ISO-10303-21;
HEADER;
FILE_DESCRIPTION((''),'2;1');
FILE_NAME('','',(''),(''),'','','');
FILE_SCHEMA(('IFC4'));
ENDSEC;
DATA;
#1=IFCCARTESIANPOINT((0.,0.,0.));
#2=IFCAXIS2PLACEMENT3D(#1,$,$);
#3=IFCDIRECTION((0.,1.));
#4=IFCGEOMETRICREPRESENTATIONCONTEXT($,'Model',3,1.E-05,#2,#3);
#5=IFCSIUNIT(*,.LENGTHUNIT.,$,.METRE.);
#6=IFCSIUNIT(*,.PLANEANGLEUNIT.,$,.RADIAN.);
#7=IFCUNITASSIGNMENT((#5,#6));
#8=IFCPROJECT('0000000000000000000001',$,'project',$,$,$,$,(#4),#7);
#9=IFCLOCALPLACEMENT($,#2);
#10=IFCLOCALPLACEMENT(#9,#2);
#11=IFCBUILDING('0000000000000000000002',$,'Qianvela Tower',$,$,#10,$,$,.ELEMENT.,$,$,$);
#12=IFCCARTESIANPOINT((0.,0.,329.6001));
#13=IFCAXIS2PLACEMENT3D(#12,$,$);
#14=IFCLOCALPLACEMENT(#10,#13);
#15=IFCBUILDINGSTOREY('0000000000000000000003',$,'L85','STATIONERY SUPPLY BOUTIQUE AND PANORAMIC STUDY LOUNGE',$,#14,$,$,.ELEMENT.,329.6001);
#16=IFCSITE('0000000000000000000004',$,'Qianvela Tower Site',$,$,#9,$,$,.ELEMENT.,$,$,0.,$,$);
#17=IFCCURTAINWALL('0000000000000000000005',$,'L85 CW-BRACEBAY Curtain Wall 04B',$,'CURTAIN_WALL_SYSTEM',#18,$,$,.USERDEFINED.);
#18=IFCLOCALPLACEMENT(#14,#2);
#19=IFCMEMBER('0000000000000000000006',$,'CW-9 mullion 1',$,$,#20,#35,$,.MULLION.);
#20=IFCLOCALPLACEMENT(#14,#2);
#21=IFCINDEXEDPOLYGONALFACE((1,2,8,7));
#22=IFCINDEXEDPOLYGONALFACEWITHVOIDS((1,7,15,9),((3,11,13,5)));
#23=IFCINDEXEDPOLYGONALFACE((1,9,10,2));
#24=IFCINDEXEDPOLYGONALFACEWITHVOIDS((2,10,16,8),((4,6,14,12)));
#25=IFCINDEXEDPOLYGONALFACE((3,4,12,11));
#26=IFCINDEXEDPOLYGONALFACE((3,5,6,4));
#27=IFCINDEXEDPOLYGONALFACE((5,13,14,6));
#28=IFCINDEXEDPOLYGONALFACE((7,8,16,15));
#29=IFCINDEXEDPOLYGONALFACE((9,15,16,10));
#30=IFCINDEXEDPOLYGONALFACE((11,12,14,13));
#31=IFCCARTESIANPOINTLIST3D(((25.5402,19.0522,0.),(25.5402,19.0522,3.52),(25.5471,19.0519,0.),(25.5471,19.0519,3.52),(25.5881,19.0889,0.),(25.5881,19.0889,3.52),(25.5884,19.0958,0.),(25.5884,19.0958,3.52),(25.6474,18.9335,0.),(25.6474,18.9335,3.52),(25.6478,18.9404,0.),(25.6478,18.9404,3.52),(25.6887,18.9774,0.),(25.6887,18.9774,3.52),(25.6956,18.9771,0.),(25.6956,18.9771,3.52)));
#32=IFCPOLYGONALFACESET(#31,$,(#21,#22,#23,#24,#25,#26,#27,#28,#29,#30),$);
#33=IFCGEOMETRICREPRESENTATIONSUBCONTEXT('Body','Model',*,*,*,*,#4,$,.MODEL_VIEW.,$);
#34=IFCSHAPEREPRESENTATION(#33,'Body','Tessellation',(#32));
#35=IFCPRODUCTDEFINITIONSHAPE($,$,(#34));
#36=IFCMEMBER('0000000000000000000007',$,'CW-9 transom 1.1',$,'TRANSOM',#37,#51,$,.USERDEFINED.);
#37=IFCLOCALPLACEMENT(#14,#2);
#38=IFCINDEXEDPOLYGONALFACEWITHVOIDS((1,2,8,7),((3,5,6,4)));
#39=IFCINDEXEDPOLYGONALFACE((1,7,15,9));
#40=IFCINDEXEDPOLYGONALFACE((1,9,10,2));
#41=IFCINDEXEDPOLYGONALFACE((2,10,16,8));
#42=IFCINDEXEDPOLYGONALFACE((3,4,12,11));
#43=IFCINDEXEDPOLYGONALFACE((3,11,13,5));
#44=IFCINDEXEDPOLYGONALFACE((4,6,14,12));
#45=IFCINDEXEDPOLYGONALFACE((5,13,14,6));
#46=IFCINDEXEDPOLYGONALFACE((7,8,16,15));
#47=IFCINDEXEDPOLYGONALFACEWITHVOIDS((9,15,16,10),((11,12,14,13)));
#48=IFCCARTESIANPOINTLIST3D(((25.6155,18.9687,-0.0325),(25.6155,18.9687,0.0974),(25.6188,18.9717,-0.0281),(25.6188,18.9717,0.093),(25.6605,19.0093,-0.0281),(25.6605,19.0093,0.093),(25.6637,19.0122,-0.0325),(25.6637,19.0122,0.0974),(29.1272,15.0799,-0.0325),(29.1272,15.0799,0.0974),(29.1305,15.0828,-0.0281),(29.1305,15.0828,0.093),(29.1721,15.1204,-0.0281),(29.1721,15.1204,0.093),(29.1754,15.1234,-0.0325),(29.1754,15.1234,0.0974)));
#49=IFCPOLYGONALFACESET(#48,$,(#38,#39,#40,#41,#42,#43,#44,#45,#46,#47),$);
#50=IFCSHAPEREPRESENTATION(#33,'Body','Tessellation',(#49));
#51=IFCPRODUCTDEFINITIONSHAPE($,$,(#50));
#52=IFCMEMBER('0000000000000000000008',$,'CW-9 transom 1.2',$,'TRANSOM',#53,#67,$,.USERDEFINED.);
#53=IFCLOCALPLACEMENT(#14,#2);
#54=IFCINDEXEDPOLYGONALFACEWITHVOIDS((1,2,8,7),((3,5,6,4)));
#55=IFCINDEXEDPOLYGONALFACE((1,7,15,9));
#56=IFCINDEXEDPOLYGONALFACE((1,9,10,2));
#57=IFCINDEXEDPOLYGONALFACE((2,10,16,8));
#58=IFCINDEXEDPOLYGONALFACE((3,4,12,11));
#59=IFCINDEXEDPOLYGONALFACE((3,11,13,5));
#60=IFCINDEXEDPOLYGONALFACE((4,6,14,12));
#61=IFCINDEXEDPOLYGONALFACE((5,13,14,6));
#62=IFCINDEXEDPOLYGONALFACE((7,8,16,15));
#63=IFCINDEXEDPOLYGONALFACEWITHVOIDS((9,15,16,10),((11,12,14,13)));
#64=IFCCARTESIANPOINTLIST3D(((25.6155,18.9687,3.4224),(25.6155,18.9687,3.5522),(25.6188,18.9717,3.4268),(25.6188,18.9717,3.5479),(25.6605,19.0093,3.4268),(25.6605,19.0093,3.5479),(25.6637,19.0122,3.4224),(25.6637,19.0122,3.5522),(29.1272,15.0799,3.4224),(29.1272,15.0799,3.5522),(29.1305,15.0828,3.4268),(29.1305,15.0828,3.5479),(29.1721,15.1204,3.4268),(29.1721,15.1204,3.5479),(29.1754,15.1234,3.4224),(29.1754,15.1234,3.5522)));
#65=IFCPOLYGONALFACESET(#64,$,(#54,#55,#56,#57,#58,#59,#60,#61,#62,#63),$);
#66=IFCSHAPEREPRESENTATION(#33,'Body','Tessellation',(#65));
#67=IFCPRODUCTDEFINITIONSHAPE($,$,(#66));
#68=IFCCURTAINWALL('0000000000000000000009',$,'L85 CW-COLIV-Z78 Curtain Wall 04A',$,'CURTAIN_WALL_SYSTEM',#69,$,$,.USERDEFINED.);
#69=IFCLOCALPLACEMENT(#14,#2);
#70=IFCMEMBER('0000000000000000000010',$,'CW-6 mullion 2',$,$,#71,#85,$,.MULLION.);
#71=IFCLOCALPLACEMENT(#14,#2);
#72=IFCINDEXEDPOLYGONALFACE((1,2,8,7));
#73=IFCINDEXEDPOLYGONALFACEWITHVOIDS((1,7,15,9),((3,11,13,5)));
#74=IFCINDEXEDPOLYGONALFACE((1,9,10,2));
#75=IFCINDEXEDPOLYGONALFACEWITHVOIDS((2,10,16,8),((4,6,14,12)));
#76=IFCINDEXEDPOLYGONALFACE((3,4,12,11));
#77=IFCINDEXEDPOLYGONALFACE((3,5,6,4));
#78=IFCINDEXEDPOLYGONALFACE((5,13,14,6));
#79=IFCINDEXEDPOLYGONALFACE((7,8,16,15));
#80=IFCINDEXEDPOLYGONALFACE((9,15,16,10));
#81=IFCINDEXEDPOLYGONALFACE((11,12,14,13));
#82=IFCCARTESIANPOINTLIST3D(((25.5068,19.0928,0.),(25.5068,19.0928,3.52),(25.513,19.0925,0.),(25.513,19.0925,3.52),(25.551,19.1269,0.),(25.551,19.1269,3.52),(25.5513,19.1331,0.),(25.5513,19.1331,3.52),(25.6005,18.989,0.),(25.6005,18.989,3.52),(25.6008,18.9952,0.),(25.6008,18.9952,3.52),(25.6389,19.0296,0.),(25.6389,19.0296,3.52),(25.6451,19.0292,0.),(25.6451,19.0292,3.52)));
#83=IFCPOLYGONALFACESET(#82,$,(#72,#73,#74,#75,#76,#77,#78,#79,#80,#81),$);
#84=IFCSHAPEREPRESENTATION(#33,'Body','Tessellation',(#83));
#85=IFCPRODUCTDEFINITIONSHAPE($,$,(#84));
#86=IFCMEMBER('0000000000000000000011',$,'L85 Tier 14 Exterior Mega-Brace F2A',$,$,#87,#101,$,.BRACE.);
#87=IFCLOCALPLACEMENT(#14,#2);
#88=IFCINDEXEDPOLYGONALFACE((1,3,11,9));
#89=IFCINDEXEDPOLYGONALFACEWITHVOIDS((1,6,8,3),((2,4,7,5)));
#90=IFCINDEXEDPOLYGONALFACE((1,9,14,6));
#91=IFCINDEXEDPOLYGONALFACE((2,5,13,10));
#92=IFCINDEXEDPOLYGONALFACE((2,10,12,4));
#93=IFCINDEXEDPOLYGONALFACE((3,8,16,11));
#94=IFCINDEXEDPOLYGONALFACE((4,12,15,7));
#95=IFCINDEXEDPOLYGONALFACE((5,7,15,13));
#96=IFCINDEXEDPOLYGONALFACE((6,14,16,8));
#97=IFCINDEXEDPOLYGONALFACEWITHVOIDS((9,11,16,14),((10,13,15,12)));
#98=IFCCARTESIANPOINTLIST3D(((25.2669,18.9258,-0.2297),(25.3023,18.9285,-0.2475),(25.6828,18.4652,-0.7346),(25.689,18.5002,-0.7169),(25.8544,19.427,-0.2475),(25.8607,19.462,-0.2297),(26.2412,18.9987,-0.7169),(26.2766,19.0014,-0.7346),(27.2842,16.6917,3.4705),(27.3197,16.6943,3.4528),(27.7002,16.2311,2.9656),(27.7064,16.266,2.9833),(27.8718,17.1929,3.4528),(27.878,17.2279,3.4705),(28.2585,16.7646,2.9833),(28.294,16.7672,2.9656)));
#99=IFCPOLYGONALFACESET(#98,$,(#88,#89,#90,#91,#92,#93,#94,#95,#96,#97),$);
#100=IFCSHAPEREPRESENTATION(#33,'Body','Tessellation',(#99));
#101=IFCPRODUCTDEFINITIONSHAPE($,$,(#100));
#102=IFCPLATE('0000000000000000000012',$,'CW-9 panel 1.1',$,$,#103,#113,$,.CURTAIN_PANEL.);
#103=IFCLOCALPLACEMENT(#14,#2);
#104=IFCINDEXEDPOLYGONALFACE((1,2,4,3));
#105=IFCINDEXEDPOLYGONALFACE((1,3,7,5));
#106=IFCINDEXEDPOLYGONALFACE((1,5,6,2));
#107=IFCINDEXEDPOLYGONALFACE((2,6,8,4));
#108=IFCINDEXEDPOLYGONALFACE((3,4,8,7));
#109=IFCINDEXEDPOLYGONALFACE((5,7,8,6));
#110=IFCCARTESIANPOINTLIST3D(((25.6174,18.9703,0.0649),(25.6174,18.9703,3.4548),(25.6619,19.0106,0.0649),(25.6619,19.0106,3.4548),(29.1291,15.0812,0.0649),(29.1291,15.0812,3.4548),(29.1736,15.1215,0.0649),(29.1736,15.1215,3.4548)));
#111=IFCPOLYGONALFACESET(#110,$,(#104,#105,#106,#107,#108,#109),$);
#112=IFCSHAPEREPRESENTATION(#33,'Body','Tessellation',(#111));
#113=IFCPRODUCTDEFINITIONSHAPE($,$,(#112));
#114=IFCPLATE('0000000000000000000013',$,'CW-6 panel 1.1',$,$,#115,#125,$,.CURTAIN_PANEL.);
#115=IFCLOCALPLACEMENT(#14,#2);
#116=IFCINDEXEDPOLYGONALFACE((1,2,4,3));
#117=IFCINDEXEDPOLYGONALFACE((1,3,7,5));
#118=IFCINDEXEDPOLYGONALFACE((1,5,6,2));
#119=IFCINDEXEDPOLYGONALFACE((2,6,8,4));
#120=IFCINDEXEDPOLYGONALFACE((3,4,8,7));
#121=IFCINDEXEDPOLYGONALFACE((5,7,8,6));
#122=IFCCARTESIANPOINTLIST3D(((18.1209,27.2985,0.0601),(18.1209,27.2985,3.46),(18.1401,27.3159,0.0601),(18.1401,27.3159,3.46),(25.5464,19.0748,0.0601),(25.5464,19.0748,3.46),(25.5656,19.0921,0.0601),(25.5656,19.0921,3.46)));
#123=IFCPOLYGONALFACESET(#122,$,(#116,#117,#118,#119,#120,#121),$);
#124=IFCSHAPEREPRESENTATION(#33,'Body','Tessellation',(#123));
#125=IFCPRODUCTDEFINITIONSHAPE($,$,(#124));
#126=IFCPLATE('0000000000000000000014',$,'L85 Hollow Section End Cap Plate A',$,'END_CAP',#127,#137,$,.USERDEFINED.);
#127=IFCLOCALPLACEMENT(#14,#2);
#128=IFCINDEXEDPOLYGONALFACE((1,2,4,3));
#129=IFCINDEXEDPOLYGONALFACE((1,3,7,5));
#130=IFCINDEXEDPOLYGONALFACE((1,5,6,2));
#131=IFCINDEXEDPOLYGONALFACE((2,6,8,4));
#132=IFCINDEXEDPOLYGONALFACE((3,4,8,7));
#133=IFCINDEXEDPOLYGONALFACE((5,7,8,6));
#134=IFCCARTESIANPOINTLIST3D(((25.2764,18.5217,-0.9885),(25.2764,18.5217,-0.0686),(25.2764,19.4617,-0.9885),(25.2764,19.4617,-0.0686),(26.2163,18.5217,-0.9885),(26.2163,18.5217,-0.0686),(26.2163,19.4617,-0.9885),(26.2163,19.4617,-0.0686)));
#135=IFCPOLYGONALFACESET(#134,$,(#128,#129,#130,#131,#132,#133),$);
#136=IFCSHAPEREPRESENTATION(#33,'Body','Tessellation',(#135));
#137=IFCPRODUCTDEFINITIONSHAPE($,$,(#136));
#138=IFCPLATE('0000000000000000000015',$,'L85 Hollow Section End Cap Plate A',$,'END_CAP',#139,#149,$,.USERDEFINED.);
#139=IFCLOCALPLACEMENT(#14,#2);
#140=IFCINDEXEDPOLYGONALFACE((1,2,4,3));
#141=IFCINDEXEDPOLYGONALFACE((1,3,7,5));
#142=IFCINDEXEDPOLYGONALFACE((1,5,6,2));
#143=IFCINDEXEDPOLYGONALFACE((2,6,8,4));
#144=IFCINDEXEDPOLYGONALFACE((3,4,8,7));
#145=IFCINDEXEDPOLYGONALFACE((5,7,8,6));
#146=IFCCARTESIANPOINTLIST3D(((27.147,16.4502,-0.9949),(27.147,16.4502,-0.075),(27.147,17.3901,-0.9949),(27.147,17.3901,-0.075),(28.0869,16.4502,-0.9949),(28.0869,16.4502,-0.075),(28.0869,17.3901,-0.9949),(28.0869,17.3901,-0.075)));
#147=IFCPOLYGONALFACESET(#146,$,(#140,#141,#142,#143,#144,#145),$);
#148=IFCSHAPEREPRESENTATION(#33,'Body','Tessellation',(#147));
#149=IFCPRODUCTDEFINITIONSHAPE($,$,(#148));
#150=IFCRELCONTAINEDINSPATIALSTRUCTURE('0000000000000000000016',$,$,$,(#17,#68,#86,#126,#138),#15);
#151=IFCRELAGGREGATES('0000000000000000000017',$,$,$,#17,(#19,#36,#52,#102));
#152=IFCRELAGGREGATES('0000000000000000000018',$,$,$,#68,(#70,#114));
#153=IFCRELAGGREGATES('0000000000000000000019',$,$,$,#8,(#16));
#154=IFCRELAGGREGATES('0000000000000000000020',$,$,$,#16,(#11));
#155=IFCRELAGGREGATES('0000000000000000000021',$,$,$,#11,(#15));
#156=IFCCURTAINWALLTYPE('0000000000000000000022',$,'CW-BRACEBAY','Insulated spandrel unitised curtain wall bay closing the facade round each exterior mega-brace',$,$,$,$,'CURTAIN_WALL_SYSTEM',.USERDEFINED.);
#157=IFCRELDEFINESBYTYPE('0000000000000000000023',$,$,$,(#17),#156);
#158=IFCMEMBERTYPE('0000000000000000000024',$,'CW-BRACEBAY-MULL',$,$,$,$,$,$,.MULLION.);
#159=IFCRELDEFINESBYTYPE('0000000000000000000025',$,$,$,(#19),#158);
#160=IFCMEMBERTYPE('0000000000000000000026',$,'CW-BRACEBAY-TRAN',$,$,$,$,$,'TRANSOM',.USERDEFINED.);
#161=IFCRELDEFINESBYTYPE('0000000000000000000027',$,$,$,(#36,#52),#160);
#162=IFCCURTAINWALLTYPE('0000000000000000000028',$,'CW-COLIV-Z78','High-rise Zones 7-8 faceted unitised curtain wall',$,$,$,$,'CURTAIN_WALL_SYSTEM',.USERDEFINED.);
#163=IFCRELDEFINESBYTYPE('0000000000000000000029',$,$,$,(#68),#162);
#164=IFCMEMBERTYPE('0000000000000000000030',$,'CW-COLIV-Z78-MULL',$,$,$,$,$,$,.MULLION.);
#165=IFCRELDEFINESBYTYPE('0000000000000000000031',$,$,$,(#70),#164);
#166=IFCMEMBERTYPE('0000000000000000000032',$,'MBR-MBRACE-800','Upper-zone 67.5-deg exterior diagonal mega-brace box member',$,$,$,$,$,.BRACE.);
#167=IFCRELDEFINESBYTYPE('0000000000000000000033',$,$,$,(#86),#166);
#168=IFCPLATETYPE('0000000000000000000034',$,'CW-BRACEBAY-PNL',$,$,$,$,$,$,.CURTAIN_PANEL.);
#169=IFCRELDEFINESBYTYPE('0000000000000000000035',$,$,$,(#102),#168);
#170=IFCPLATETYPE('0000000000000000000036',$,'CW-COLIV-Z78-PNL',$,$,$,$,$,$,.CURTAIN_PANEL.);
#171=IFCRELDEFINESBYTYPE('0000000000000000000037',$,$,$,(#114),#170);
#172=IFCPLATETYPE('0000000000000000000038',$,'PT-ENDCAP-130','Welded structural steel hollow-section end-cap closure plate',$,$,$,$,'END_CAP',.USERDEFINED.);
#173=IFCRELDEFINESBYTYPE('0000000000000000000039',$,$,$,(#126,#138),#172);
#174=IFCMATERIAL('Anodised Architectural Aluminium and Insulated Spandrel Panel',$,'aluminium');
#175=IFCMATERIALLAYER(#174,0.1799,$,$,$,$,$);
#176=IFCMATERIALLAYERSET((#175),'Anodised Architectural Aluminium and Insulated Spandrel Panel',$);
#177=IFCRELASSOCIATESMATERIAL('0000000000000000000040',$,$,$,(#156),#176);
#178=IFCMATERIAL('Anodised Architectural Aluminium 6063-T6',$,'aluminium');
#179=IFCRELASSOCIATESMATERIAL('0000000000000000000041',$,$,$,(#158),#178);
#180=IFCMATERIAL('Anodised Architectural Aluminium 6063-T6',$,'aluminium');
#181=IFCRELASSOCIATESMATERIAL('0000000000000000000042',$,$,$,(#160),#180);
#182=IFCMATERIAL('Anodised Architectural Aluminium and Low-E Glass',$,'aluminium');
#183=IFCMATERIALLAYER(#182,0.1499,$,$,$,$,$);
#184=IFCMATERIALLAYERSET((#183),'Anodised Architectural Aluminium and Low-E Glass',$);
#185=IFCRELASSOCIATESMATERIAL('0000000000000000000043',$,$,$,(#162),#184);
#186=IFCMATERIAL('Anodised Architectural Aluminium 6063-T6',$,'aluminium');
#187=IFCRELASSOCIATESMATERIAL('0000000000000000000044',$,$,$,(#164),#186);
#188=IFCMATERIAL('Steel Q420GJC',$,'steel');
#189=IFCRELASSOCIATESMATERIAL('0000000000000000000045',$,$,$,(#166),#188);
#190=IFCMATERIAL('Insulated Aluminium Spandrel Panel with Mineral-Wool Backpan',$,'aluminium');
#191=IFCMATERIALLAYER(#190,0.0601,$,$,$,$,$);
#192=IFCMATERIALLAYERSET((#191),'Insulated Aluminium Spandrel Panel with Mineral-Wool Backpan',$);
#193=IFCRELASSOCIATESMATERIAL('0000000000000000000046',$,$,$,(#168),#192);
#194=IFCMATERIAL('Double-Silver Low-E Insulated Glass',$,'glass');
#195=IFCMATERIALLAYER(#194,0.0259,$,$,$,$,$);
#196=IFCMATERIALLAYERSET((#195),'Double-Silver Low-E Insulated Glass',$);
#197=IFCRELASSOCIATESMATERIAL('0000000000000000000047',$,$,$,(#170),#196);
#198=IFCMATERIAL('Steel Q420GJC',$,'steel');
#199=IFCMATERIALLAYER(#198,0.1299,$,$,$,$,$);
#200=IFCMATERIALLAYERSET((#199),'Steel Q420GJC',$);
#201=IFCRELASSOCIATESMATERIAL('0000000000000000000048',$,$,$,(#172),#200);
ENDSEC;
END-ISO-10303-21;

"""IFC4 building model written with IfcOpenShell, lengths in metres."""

from ifc_helpers import new_model, si_unit, direction, frame, origin, origin_2d, place, context, subcontext, project, spatial, rectangle, hollow_rectangle, extrude, material, layer, layer_set, material_profile, profile_set, type_object, element, aggregate, save


model = new_model("IFC4")

# Units and contexts
model_context = context("Model", 3, precision=1e-05, world=origin(), true_north=direction((0.0, 1.0)))
body_context = subcontext(model_context, "Body", "Model", "MODEL_VIEW")
ifc_project = project(units=[si_unit("LENGTHUNIT", "METRE"), si_unit("PLANEANGLEUNIT", "RADIAN")], contexts=[model_context])

# Site, building, storey
site_placement = place(None, origin())
site = spatial("IfcSite", under=ifc_project, at=site_placement, Name="Qianvela Tower Site", CompositionType="ELEMENT", RefElevation=0.0)
building_placement = place(site_placement, origin())
building = spatial("IfcBuilding", under=site, at=building_placement, Name="Qianvela Tower", CompositionType="ELEMENT")
storey_placement = place(building_placement, frame((0.0, 0.0, 329.6001)))
storey = spatial("IfcBuildingStorey", under=building, at=storey_placement, Name="L85", Description="STATIONERY SUPPLY BOUTIQUE AND PANORAMIC STUDY LOUNGE", CompositionType="ELEMENT", Elevation=329.6001)

# Curtain wall, members
ifc_material_1 = material(Name="Anodised Architectural Aluminium and Insulated Spandrel Panel", Category="aluminium")
ifc_layer_1 = layer(ifc_material_1, 0.1799)
ifc_layer_set_1 = layer_set([ifc_layer_1], Name="Anodised Architectural Aluminium and Insulated Spandrel Panel")
curtain_wall_type_1 = type_object("IfcCurtainWallType", Name="CW-BRACEBAY", Description="Insulated spandrel unitised curtain wall bay closing the facade round each exterior mega-brace", ElementType="CURTAIN_WALL_SYSTEM", PredefinedType="USERDEFINED", material=ifc_layer_set_1)
curtain_wall_1_placement = place(storey_placement, origin())
curtain_wall_1 = element("IfcCurtainWall", 1, at=curtain_wall_1_placement, inside=storey, type_object=curtain_wall_type_1, Name="L85 CW-BRACEBAY Curtain Wall 04B", ObjectType="CURTAIN_WALL_SYSTEM", PredefinedType="USERDEFINED")
ifc_material_2 = material(Name="Anodised Architectural Aluminium 6063-T6", Category="aluminium")
ifc_material_profile_1 = material_profile(ifc_material_2, hollow_rectangle(XDim=0.0649, YDim=0.1599, WallThickness=0.0049, at=origin_2d()), Name="ALU-MULL-65x160")
ifc_profile_set_1 = profile_set([ifc_material_profile_1], Name="Anodised Architectural Aluminium 6063-T6")
member_type_1 = type_object("IfcMemberType", Name="CW-BRACEBAY-MULL", PredefinedType="MULLION", material=ifc_profile_set_1)
member_1_placement = place(storey_placement, frame((25.6179, 19.0146, 0.0), z_axis=(0.0, 0.0, 1.0), x_axis=(0.742204, 0.670174, 0.0)))
member_1 = element("IfcMember", 2, at=member_1_placement, type_object=member_type_1, Name="CW-9 mullion 1", PredefinedType="MULLION", context=body_context, shape_type="SweptSolid", body=[
    extrude(hollow_rectangle(XDim=0.0649, YDim=0.1599, WallThickness=0.0049, at=origin_2d()), origin(), (0.0, 0.0, 1.0), 3.52),
])
ifc_material_3 = material(Name="Anodised Architectural Aluminium 6063-T6", Category="aluminium")
ifc_material_profile_2 = material_profile(ifc_material_3, hollow_rectangle(XDim=0.0649, YDim=0.1299, WallThickness=0.0044, at=origin_2d()), Name="ALU-TRAN-65x130")
ifc_profile_set_2 = profile_set([ifc_material_profile_2], Name="Anodised Architectural Aluminium 6063-T6")
member_type_2 = type_object("IfcMemberType", Name="CW-BRACEBAY-TRAN", ElementType="TRANSOM", PredefinedType="USERDEFINED", material=ifc_profile_set_2)
member_2_placement = place(storey_placement, frame((25.6396, 18.9905, 0.0325), z_axis=(0.670197, -0.742183, 0.0), x_axis=(0.742183, 0.670197, 0.0)))
member_2 = element("IfcMember", 3, at=member_2_placement, type_object=member_type_2, Name="CW-9 transom 1.1", ObjectType="TRANSOM", PredefinedType="USERDEFINED", context=body_context, shape_type="SweptSolid", body=[
    extrude(hollow_rectangle(XDim=0.0649, YDim=0.1299, WallThickness=0.0044, at=origin_2d()), origin(), (0.0, 0.0, 1.0), 5.2397),
])
member_3_placement = place(storey_placement, frame((25.6396, 18.9905, 3.4873), z_axis=(0.670197, -0.742183, 0.0), x_axis=(0.742183, 0.670197, 0.0)))
member_3 = element("IfcMember", 4, at=member_3_placement, type_object=member_type_2, Name="CW-9 transom 1.2", ObjectType="TRANSOM", PredefinedType="USERDEFINED", context=body_context, shape_type="SweptSolid", body=[
    extrude(hollow_rectangle(XDim=0.0649, YDim=0.1299, WallThickness=0.0044, at=origin_2d()), origin(), (0.0, 0.0, 1.0), 5.2397),
])

# Curtain wall, member
ifc_material_4 = material(Name="Anodised Architectural Aluminium and Low-E Glass", Category="aluminium")
ifc_layer_2 = layer(ifc_material_4, 0.1499)
ifc_layer_set_2 = layer_set([ifc_layer_2], Name="Anodised Architectural Aluminium and Low-E Glass")
curtain_wall_type_2 = type_object("IfcCurtainWallType", Name="CW-COLIV-Z78", Description="High-rise Zones 7-8 faceted unitised curtain wall", ElementType="CURTAIN_WALL_SYSTEM", PredefinedType="USERDEFINED", material=ifc_layer_set_2)
curtain_wall_2_placement = place(storey_placement, origin())
curtain_wall_2 = element("IfcCurtainWall", 5, at=curtain_wall_2_placement, inside=storey, type_object=curtain_wall_type_2, Name="L85 CW-COLIV-Z78 Curtain Wall 04A", ObjectType="CURTAIN_WALL_SYSTEM", PredefinedType="USERDEFINED")
ifc_material_5 = material(Name="Anodised Architectural Aluminium 6063-T6", Category="aluminium")
ifc_material_profile_3 = material_profile(ifc_material_5, hollow_rectangle(XDim=0.0601, YDim=0.1399, WallThickness=0.0044, at=origin_2d()), Name="ALU-MULL-60x140")
ifc_profile_set_3 = profile_set([ifc_material_profile_3], Name="Anodised Architectural Aluminium 6063-T6")
member_type_3 = type_object("IfcMemberType", Name="CW-COLIV-Z78-MULL", PredefinedType="MULLION", material=ifc_profile_set_3)
member_4_placement = place(storey_placement, frame((25.5759, 19.061, 0.0), z_axis=(0.0, 0.0, 1.0), x_axis=(0.742211, 0.670166, 0.0)))
member_4 = element("IfcMember", 6, at=member_4_placement, type_object=member_type_3, Name="CW-6 mullion 2", PredefinedType="MULLION", context=body_context, shape_type="SweptSolid", body=[
    extrude(hollow_rectangle(XDim=0.0601, YDim=0.1399, WallThickness=0.0044, at=origin_2d()), origin(), (0.0, 0.0, 1.0), 3.52),
])

# Member
ifc_material_6 = material(Name="Steel Q420GJC", Category="steel")
ifc_material_profile_4 = material_profile(ifc_material_6, hollow_rectangle(XDim=0.8, YDim=0.8, WallThickness=0.0281, at=origin_2d()), Name="MBOX-800x800x28")
ifc_profile_set_4 = profile_set([ifc_material_profile_4], Name="Steel Q420GJC")
member_type_4 = type_object("IfcMemberType", Name="MBR-MBRACE-800", Description="Upper-zone 67.5-deg exterior diagonal mega-brace box member", PredefinedType="BRACE", material=ifc_profile_set_4)
member_5_placement = place(storey_placement, frame((25.7717, 18.9636, -0.4822), z_axis=(0.422926, -0.468376, 0.77573), x_axis=(0.7422, 0.670178, 0.0)))
element("IfcMember", 7, at=member_5_placement, inside=storey, type_object=member_type_4, Name="L85 Tier 14 Exterior Mega-Brace F2A", PredefinedType="BRACE", context=body_context, shape_type="SweptSolid", body=[
    extrude(hollow_rectangle(XDim=0.8, YDim=0.8, WallThickness=0.0281, at=origin_2d()), origin(), (0.0, 0.0, 1.0), 4.77),
])

# Plates
ifc_material_7 = material(Name="Insulated Aluminium Spandrel Panel with Mineral-Wool Backpan", Category="aluminium")
ifc_layer_3 = layer(ifc_material_7, 0.0601)
ifc_layer_set_3 = layer_set([ifc_layer_3], Name="Insulated Aluminium Spandrel Panel with Mineral-Wool Backpan")
plate_type_1 = type_object("IfcPlateType", Name="CW-BRACEBAY-PNL", PredefinedType="CURTAIN_PANEL", material=ifc_layer_set_3)
plate_1_placement = place(storey_placement, frame((27.3955, 17.0459, 0.0649), z_axis=(0.0, 0.0, 1.0), x_axis=(0.670174, -0.742204, 0.0)))
plate_1 = element("IfcPlate", 8, at=plate_1_placement, type_object=plate_type_1, Name="CW-9 panel 1.1", PredefinedType="CURTAIN_PANEL", context=body_context, shape_type="SweptSolid", body=[
    extrude(rectangle(XDim=5.24, YDim=0.0601, at=origin_2d()), origin(), (0.0, 0.0, 1.0), 3.3899),
])
aggregate(curtain_wall_1, [member_1, member_2, member_3, plate_1])
ifc_material_8 = material(Name="Double-Silver Low-E Insulated Glass", Category="glass")
ifc_layer_4 = layer(ifc_material_8, 0.0259)
ifc_layer_set_4 = layer_set([ifc_layer_4], Name="Double-Silver Low-E Insulated Glass")
plate_type_2 = type_object("IfcPlateType", Name="CW-COLIV-Z78-PNL", PredefinedType="CURTAIN_PANEL", material=ifc_layer_set_4)
plate_2_placement = place(storey_placement, frame((21.8433, 23.1953, 0.0601), z_axis=(0.0, 0.0, 1.0), x_axis=(0.670166, -0.742211, 0.0)))
plate_2 = element("IfcPlate", 9, at=plate_2_placement, type_object=plate_type_2, Name="CW-6 panel 1.1", PredefinedType="CURTAIN_PANEL", context=body_context, shape_type="SweptSolid", body=[
    extrude(rectangle(XDim=11.0801, YDim=0.0259, at=origin_2d()), origin(), (0.0, 0.0, 1.0), 3.3999),
])
aggregate(curtain_wall_2, [member_4, plate_2])

# Plates
ifc_material_9 = material(Name="Steel Q420GJC", Category="steel")
ifc_layer_5 = layer(ifc_material_9, 0.1299)
ifc_layer_set_5 = layer_set([ifc_layer_5], Name="Steel Q420GJC")
plate_type_3 = type_object("IfcPlateType", Name="PT-ENDCAP-130", Description="Welded structural steel hollow-section end-cap closure plate", ElementType="END_CAP", PredefinedType="USERDEFINED", material=ifc_layer_set_5)
for number, where, z_axis, x_axis, name in (
    (10, (25.7463, 18.9917, -0.9885), (0.0, 0.0, 1.0), (1.0, 0.0, 0.0), "L85 Hollow Section End Cap Plate A"),
    (11, (27.6169, 16.9202, -0.9949), (0.0, 0.0, 1.0), (1.0, 0.0, 0.0), "L85 Hollow Section End Cap Plate A"),
):
    element("IfcPlate", number, at=place(storey_placement, frame(where, z_axis=z_axis, x_axis=x_axis)), inside=storey, type_object=plate_type_3, Name=name, ObjectType="END_CAP", PredefinedType="USERDEFINED", context=body_context, shape_type="SweptSolid", body=[
        extrude(rectangle(XDim=0.9399, YDim=0.9399, at=origin_2d()), origin(), (0.0, 0.0, 1.0), 0.9199),
    ])

save(model, "model.ifc")
